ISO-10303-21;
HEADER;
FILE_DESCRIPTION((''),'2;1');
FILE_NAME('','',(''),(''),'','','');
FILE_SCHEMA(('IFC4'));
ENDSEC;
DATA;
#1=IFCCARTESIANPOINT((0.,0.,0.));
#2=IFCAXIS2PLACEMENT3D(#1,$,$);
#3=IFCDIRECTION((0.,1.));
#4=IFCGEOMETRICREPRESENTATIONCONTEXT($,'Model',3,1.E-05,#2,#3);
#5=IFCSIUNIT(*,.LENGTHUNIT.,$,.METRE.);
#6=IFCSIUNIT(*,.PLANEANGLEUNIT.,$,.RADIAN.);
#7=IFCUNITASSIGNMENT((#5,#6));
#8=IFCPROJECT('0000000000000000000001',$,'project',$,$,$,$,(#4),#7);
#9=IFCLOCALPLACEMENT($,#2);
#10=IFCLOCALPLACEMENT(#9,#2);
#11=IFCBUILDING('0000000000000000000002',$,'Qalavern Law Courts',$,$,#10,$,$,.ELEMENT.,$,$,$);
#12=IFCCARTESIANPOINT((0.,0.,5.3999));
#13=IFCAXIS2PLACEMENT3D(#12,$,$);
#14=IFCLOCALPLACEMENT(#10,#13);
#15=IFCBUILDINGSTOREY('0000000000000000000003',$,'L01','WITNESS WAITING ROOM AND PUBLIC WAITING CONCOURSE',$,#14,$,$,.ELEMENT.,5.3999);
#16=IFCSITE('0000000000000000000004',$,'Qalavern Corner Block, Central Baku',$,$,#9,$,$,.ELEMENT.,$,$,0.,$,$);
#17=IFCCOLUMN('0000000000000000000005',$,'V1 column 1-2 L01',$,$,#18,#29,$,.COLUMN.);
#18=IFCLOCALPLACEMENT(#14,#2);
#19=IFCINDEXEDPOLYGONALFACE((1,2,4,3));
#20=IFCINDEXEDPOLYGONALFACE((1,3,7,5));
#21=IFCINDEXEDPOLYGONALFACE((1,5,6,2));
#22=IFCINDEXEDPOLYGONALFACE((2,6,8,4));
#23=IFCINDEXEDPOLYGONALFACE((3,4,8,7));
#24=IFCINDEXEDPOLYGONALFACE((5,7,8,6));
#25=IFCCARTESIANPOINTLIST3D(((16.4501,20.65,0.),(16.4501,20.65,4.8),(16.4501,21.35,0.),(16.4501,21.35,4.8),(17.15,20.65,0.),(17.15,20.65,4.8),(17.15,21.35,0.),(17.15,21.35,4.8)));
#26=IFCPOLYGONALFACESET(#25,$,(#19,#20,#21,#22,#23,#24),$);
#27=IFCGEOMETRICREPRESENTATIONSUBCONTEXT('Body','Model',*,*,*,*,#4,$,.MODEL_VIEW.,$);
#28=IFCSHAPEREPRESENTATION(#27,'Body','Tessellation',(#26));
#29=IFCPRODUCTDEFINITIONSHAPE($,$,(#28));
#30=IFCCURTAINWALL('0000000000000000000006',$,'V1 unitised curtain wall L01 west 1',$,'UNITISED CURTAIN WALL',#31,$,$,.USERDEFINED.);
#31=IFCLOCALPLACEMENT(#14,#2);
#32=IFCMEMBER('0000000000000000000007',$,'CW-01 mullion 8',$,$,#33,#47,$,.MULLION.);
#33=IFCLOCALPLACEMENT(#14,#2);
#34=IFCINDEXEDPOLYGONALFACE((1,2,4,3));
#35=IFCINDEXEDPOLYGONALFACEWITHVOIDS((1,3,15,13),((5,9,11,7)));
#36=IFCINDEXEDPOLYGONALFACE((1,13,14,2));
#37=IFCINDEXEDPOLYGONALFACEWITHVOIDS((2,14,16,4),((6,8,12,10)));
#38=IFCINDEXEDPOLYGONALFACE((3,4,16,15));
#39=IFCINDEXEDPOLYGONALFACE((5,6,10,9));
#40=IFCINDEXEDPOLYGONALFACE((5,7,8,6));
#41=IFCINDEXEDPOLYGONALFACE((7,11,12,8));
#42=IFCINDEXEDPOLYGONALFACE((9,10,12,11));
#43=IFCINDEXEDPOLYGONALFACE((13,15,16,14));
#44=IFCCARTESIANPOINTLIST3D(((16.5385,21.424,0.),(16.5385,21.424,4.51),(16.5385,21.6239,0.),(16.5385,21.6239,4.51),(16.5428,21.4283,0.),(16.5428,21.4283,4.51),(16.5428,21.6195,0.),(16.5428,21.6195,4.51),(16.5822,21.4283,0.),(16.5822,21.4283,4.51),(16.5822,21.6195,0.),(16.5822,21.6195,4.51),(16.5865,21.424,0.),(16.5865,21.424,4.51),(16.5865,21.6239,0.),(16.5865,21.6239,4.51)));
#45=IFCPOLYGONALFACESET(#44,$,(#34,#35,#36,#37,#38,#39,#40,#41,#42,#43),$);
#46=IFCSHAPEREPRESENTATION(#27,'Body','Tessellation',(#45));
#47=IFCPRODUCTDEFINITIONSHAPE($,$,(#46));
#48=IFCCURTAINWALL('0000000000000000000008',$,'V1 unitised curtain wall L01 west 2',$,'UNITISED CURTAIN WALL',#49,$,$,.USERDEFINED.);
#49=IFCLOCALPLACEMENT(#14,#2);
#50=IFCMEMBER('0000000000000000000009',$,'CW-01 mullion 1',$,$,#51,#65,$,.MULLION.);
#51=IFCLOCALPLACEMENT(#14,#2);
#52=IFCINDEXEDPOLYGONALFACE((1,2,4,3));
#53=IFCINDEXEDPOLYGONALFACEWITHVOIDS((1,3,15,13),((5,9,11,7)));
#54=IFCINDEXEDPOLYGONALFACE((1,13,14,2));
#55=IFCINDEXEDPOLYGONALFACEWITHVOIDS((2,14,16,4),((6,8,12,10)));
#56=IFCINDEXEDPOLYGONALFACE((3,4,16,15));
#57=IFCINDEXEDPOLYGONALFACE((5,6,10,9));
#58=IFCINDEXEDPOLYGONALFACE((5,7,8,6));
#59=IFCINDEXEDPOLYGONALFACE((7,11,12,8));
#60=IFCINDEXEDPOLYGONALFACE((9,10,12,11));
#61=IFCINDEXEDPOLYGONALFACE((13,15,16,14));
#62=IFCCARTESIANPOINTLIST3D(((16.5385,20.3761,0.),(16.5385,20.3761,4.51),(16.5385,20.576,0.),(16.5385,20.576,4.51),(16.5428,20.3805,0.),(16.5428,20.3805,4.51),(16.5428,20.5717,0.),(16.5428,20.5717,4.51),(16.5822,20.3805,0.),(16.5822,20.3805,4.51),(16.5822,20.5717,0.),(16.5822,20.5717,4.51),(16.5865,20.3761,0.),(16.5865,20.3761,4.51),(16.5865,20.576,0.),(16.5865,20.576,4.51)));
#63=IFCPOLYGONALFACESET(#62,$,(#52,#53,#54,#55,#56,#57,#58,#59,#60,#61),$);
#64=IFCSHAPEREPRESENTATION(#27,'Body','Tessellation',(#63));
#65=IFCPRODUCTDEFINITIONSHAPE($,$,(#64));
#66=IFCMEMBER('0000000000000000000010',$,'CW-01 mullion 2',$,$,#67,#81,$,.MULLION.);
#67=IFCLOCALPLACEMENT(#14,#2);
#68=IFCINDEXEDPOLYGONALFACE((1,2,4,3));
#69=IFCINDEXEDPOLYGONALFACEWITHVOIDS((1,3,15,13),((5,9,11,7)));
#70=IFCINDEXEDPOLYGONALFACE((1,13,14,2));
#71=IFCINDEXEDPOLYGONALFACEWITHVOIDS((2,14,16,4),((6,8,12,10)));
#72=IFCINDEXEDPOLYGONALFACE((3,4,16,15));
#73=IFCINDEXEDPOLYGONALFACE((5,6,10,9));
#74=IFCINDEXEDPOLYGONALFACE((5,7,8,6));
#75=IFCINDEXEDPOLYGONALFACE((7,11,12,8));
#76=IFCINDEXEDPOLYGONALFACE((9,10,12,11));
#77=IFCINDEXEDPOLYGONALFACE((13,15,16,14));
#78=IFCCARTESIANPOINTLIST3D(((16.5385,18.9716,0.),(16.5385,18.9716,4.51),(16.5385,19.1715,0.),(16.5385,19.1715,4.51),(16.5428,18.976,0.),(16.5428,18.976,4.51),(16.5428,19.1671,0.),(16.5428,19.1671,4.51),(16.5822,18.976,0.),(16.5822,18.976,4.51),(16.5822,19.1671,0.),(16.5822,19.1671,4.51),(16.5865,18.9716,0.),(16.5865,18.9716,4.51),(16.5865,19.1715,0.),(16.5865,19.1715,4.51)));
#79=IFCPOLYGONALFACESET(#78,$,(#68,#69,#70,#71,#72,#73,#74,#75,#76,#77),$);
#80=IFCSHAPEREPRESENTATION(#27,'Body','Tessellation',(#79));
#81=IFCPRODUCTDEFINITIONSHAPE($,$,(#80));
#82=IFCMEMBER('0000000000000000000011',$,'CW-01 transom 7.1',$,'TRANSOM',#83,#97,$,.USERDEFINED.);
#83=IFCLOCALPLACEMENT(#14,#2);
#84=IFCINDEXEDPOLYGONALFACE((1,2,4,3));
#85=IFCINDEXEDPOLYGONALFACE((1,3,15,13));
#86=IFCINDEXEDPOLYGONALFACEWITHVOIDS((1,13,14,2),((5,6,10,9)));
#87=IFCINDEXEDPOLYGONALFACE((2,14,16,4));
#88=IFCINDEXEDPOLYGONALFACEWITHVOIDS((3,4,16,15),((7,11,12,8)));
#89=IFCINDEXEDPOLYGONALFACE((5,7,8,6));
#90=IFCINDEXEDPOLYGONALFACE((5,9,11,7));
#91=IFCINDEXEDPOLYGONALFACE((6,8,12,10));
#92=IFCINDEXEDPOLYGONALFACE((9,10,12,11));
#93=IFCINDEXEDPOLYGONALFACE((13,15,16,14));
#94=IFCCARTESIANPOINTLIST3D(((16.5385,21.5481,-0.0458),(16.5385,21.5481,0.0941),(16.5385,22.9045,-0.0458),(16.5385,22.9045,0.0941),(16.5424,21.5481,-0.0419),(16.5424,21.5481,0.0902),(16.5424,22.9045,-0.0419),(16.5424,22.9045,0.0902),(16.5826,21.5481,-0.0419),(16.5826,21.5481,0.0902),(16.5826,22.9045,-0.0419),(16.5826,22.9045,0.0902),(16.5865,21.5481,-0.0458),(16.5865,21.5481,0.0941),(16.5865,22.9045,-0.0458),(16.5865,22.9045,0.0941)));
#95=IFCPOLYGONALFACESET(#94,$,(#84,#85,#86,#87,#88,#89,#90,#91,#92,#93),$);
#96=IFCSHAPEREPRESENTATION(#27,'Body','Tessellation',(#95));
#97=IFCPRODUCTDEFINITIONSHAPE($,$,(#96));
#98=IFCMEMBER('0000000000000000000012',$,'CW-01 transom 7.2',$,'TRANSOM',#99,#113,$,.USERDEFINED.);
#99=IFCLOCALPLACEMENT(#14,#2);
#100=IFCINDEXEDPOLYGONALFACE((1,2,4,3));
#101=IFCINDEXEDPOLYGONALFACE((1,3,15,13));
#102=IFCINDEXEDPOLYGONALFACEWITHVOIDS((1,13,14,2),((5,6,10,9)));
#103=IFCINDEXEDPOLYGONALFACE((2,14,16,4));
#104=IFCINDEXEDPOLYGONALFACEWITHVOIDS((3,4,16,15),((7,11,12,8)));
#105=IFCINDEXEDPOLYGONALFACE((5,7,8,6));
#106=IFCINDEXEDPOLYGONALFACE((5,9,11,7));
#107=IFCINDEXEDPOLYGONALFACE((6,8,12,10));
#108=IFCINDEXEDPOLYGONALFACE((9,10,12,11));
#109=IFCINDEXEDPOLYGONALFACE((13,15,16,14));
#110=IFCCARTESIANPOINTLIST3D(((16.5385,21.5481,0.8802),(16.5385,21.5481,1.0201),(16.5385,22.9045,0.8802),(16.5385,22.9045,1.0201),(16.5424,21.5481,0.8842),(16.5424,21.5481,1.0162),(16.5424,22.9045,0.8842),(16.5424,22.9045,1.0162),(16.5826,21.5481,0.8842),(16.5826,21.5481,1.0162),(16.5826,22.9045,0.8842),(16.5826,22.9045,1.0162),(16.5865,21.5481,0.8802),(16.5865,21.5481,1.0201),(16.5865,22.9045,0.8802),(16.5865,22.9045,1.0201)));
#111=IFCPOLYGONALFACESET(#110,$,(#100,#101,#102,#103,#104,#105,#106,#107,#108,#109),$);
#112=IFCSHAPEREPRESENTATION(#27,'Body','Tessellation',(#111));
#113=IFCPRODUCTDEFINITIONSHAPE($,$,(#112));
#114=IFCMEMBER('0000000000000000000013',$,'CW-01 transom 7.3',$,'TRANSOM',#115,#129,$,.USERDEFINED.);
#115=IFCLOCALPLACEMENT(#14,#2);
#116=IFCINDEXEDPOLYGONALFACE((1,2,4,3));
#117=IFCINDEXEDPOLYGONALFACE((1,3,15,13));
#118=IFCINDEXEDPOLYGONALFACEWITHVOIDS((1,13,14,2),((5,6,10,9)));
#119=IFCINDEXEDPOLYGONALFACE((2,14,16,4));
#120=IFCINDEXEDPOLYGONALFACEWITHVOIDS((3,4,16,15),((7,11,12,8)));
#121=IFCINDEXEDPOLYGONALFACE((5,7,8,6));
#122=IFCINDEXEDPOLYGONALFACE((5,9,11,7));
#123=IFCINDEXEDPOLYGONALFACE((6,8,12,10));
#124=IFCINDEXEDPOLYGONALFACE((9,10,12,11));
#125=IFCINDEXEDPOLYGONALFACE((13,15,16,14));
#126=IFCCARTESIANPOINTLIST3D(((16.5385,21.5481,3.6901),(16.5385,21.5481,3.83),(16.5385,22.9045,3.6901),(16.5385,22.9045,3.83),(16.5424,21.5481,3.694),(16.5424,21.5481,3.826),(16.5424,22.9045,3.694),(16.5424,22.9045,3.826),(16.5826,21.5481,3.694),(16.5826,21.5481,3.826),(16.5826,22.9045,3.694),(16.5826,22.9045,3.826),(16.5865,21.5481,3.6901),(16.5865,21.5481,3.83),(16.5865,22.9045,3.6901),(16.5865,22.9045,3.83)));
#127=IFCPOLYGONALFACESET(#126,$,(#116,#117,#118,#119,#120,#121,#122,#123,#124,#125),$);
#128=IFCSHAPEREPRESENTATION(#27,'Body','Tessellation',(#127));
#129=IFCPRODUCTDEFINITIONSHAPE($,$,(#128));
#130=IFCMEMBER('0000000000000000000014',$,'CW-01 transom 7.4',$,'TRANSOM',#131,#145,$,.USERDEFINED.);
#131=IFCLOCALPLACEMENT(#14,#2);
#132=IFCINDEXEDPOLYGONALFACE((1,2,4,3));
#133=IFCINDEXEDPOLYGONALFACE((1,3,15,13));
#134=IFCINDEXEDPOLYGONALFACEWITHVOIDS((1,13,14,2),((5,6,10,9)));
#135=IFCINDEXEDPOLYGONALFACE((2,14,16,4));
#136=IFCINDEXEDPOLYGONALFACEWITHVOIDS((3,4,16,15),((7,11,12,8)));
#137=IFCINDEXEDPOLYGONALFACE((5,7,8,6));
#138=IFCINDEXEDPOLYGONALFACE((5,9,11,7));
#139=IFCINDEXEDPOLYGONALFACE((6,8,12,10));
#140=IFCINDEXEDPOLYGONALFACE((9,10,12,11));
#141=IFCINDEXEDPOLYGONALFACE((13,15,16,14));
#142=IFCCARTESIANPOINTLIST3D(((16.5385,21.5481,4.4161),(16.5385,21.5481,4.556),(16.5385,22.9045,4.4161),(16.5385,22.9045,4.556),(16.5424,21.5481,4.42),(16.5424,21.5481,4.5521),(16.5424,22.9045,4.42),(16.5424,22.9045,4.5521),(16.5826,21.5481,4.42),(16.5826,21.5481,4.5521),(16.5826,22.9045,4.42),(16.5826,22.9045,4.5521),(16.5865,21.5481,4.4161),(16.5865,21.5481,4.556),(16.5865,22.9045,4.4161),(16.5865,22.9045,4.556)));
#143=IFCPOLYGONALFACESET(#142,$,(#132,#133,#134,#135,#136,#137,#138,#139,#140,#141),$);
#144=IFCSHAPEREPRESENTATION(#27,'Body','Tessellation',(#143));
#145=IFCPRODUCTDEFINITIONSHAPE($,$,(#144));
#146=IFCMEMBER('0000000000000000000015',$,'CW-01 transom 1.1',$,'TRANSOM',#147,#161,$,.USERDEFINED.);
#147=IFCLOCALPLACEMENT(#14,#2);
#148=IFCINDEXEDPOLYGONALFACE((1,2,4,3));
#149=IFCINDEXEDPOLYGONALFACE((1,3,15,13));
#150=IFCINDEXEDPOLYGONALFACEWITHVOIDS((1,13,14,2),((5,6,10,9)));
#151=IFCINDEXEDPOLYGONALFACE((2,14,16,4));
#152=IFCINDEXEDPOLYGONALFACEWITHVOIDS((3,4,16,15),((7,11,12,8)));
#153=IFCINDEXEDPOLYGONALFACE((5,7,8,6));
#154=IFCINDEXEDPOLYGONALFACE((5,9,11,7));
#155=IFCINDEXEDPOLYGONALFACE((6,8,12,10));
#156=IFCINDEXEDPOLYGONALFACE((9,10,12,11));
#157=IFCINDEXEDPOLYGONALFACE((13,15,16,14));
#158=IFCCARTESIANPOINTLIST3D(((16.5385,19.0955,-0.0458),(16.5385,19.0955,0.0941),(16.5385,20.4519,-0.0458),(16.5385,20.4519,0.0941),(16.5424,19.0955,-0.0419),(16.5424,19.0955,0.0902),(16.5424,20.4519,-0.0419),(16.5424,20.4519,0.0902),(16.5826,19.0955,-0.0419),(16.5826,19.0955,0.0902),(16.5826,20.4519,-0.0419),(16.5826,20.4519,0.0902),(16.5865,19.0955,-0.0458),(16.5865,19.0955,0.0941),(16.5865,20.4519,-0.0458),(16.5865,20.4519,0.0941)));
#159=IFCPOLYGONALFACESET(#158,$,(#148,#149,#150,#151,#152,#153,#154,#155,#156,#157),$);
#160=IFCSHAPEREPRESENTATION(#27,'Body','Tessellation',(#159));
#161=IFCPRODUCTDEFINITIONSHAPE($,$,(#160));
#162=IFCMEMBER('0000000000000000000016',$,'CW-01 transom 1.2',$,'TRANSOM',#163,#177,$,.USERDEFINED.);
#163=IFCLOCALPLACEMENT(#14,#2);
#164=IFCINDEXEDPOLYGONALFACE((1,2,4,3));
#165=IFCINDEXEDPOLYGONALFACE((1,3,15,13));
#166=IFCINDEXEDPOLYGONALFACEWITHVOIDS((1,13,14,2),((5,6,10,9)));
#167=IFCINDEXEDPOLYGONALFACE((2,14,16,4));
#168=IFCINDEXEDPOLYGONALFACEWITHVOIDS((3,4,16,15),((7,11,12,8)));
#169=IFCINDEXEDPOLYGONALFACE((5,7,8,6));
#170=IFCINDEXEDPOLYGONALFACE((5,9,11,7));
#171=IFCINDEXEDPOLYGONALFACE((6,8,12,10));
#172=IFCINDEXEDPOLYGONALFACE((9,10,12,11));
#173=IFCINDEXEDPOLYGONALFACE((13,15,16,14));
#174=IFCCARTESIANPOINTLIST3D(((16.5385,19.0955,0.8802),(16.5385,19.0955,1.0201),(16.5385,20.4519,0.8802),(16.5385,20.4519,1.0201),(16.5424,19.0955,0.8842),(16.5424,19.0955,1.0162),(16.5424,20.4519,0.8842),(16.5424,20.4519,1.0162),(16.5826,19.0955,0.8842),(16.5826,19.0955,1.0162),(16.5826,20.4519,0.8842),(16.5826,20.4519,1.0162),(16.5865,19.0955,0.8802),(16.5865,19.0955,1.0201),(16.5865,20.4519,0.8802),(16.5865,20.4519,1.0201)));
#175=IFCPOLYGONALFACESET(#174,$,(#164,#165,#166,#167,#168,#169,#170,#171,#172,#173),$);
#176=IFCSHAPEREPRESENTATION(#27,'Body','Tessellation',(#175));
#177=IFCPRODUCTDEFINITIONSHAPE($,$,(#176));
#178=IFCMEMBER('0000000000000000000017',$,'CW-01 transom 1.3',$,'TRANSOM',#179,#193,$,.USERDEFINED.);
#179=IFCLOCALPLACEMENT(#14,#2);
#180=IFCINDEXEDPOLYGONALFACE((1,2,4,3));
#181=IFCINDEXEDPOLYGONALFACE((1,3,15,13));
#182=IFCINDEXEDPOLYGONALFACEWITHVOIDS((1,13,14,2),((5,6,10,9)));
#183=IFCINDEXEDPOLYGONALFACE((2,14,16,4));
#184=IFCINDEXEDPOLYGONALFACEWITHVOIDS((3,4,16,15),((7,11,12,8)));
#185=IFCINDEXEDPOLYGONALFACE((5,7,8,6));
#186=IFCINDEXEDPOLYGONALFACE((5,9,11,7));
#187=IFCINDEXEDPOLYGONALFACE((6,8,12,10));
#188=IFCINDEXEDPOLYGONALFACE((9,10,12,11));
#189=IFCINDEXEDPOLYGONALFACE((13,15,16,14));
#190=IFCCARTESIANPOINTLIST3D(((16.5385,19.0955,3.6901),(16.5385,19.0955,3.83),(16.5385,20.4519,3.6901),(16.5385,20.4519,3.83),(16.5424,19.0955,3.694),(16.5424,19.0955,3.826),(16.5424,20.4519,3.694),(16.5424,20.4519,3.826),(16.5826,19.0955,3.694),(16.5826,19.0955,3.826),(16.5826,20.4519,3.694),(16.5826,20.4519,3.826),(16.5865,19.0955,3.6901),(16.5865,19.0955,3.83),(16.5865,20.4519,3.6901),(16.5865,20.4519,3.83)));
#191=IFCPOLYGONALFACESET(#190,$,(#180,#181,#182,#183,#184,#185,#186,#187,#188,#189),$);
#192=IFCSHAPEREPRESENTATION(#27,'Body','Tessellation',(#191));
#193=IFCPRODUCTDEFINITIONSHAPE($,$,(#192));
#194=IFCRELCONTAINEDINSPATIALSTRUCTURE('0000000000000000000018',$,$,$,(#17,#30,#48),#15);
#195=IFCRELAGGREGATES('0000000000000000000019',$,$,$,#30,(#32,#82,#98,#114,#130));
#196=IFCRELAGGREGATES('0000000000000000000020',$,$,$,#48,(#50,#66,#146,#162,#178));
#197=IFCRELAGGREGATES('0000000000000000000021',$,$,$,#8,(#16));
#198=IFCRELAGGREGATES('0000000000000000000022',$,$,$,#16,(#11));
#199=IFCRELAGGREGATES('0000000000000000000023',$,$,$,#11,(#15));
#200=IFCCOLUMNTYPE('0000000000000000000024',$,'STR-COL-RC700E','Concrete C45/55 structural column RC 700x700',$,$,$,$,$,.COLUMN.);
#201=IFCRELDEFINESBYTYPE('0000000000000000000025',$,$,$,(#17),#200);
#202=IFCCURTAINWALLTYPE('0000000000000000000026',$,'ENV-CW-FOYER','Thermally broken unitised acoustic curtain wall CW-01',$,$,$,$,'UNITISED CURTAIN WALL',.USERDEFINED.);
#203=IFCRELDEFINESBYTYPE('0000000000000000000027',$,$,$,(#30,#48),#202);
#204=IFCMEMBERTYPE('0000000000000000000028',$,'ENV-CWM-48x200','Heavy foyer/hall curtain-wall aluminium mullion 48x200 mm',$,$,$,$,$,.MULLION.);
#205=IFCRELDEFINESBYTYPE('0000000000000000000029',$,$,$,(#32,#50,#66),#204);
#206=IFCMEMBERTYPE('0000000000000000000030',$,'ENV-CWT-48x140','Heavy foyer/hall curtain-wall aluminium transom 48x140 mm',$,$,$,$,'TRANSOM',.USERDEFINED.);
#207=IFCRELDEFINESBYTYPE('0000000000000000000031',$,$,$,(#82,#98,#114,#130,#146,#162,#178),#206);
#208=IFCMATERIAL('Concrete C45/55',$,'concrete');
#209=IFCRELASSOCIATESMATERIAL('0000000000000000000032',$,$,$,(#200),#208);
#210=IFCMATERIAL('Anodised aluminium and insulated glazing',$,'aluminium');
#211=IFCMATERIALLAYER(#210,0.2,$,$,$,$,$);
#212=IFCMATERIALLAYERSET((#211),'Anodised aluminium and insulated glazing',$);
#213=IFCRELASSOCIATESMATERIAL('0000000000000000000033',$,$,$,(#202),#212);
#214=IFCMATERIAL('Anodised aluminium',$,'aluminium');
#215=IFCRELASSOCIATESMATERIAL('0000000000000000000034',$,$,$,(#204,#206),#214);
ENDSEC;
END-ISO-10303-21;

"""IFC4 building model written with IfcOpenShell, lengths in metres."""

from ifc_helpers import new_model, si_unit, direction, frame, origin, origin_2d, place, context, subcontext, project, spatial, rectangle, hollow_rectangle, extrude, material, layer, layer_set, material_profile, profile_set, type_object, element, aggregate, save


model = new_model("IFC4")

# Units and contexts
model_context = context("Model", 3, precision=1e-05, world=origin(), true_north=direction((0.0, 1.0)))
body_context = subcontext(model_context, "Body", "Model", "MODEL_VIEW")
ifc_project = project(units=[si_unit("LENGTHUNIT", "METRE"), si_unit("PLANEANGLEUNIT", "RADIAN")], contexts=[model_context])

# Site, building, storey
site_placement = place(None, origin())
site = spatial("IfcSite", under=ifc_project, at=site_placement, Name="Qalavern Corner Block, Central Baku", CompositionType="ELEMENT", RefElevation=0.0)
building_placement = place(site_placement, origin())
building = spatial("IfcBuilding", under=site, at=building_placement, Name="Qalavern Law Courts", CompositionType="ELEMENT")
storey_placement = place(building_placement, frame((0.0, 0.0, 5.3999)))
storey = spatial("IfcBuildingStorey", under=building, at=storey_placement, Name="L01", Description="WITNESS WAITING ROOM AND PUBLIC WAITING CONCOURSE", CompositionType="ELEMENT", Elevation=5.3999)

# Column
ifc_material_1 = material(Name="Concrete C45/55", Category="concrete")
ifc_material_profile_1 = material_profile(ifc_material_1, rectangle(XDim=0.7, YDim=0.7, at=origin_2d()), Name="RC 700x700")
ifc_profile_set_1 = profile_set([ifc_material_profile_1], Name="Concrete C45/55")
column_type = type_object("IfcColumnType", Name="STR-COL-RC700E", Description="Concrete C45/55 structural column RC 700x700", PredefinedType="COLUMN", material=ifc_profile_set_1)
column_placement = place(storey_placement, frame((16.8, 21.0, 0.0), z_axis=(0.0, 0.0, 1.0), x_axis=(1.0, 0.0, 0.0)))
element("IfcColumn", 1, at=column_placement, inside=storey, type_object=column_type, Name="V1 column 1-2 L01", PredefinedType="COLUMN", context=body_context, shape_type="SweptSolid", body=[
    extrude(rectangle(XDim=0.7, YDim=0.7, at=origin_2d()), origin(), (0.0, 0.0, 1.0), 4.8),
])

# Curtain wall, member
ifc_material_2 = material(Name="Anodised aluminium and insulated glazing", Category="aluminium")
ifc_layer_1 = layer(ifc_material_2, 0.2)
ifc_layer_set_1 = layer_set([ifc_layer_1], Name="Anodised aluminium and insulated glazing")
curtain_wall_type = type_object("IfcCurtainWallType", Name="ENV-CW-FOYER", Description="Thermally broken unitised acoustic curtain wall CW-01", ElementType="UNITISED CURTAIN WALL", PredefinedType="USERDEFINED", material=ifc_layer_set_1)
curtain_wall_1_placement = place(storey_placement, origin())
curtain_wall_1 = element("IfcCurtainWall", 2, at=curtain_wall_1_placement, inside=storey, type_object=curtain_wall_type, Name="V1 unitised curtain wall L01 west 1", ObjectType="UNITISED CURTAIN WALL", PredefinedType="USERDEFINED")
ifc_material_3 = material(Name="Anodised aluminium", Category="aluminium")
ifc_material_profile_2 = material_profile(ifc_material_3, hollow_rectangle(XDim=0.0481, YDim=0.2, WallThickness=0.0044, at=origin_2d()), Name="ALU MULLION 48x200")
ifc_profile_set_2 = profile_set([ifc_material_profile_2], Name="Anodised aluminium")
member_type_1 = type_object("IfcMemberType", Name="ENV-CWM-48x200", Description="Heavy foyer/hall curtain-wall aluminium mullion 48x200 mm", PredefinedType="MULLION", material=ifc_profile_set_2)
member_1_placement = place(storey_placement, frame((16.5625, 21.5239, 0.0), z_axis=(0.0, 0.0, 1.0), x_axis=(1.0, 0.0, 0.0)))
member_1 = element("IfcMember", 3, at=member_1_placement, type_object=member_type_1, Name="CW-01 mullion 8", PredefinedType="MULLION", context=body_context, shape_type="SweptSolid", body=[
    extrude(hollow_rectangle(XDim=0.0481, YDim=0.2, WallThickness=0.0044, at=origin_2d()), origin(), (0.0, 0.0, 1.0), 4.51),
])

# Curtain wall, members
curtain_wall_2_placement = place(storey_placement, origin())
curtain_wall_2 = element("IfcCurtainWall", 4, at=curtain_wall_2_placement, inside=storey, type_object=curtain_wall_type, Name="V1 unitised curtain wall L01 west 2", ObjectType="UNITISED CURTAIN WALL", PredefinedType="USERDEFINED")
member_2_placement = place(storey_placement, frame((16.5625, 20.4761, 0.0), z_axis=(0.0, 0.0, 1.0), x_axis=(1.0, 0.0, 0.0)))
member_2 = element("IfcMember", 5, at=member_2_placement, type_object=member_type_1, Name="CW-01 mullion 1", PredefinedType="MULLION", context=body_context, shape_type="SweptSolid", body=[
    extrude(hollow_rectangle(XDim=0.0481, YDim=0.2, WallThickness=0.0044, at=origin_2d()), origin(), (0.0, 0.0, 1.0), 4.51),
])
member_3_placement = place(storey_placement, frame((16.5625, 19.0715, 0.0), z_axis=(0.0, 0.0, 1.0), x_axis=(1.0, 0.0, 0.0)))
member_3 = element("IfcMember", 6, at=member_3_placement, type_object=member_type_1, Name="CW-01 mullion 2", PredefinedType="MULLION", context=body_context, shape_type="SweptSolid", body=[
    extrude(hollow_rectangle(XDim=0.0481, YDim=0.2, WallThickness=0.0044, at=origin_2d()), origin(), (0.0, 0.0, 1.0), 4.51),
])

# Members
ifc_material_profile_3 = material_profile(ifc_material_3, hollow_rectangle(XDim=0.0481, YDim=0.1399, WallThickness=0.0039, at=origin_2d()), Name="ALU TRANSOM 48x140")
ifc_profile_set_3 = profile_set([ifc_material_profile_3], Name="Anodised aluminium")
member_type_2 = type_object("IfcMemberType", Name="ENV-CWT-48x140", Description="Heavy foyer/hall curtain-wall aluminium transom 48x140 mm", ElementType="TRANSOM", PredefinedType="USERDEFINED", material=ifc_profile_set_3)
member_4_placement = place(storey_placement, frame((16.5625, 22.9045, 0.0242), z_axis=(0.0, -1.0, 0.0), x_axis=(1.0, 0.0, 0.0)))
member_4 = element("IfcMember", 7, at=member_4_placement, type_object=member_type_2, Name="CW-01 transom 7.1", ObjectType="TRANSOM", PredefinedType="USERDEFINED", context=body_context, shape_type="SweptSolid", body=[
    extrude(hollow_rectangle(XDim=0.0481, YDim=0.1399, WallThickness=0.0039, at=origin_2d()), origin(), (0.0, 0.0, 1.0), 1.3564),
])
member_5_placement = place(storey_placement, frame((16.5625, 22.9045, 0.9502), z_axis=(0.0, -1.0, 0.0), x_axis=(1.0, 0.0, 0.0)))
member_5 = element("IfcMember", 8, at=member_5_placement, type_object=member_type_2, Name="CW-01 transom 7.2", ObjectType="TRANSOM", PredefinedType="USERDEFINED", context=body_context, shape_type="SweptSolid", body=[
    extrude(hollow_rectangle(XDim=0.0481, YDim=0.1399, WallThickness=0.0039, at=origin_2d()), origin(), (0.0, 0.0, 1.0), 1.3564),
])
member_6_placement = place(storey_placement, frame((16.5625, 22.9045, 3.76), z_axis=(0.0, -1.0, 0.0), x_axis=(1.0, 0.0, 0.0)))
member_6 = element("IfcMember", 9, at=member_6_placement, type_object=member_type_2, Name="CW-01 transom 7.3", ObjectType="TRANSOM", PredefinedType="USERDEFINED", context=body_context, shape_type="SweptSolid", body=[
    extrude(hollow_rectangle(XDim=0.0481, YDim=0.1399, WallThickness=0.0039, at=origin_2d()), origin(), (0.0, 0.0, 1.0), 1.3564),
])
member_7_placement = place(storey_placement, frame((16.5625, 22.9045, 4.4861), z_axis=(0.0, -1.0, 0.0), x_axis=(1.0, 0.0, 0.0)))
member_7 = element("IfcMember", 10, at=member_7_placement, type_object=member_type_2, Name="CW-01 transom 7.4", ObjectType="TRANSOM", PredefinedType="USERDEFINED", context=body_context, shape_type="SweptSolid", body=[
    extrude(hollow_rectangle(XDim=0.0481, YDim=0.1399, WallThickness=0.0039, at=origin_2d()), origin(), (0.0, 0.0, 1.0), 1.3564),
])
member_8_placement = place(storey_placement, frame((16.5625, 20.4519, 0.0242), z_axis=(0.0, -1.0, 0.0), x_axis=(1.0, 0.0, 0.0)))
member_8 = element("IfcMember", 11, at=member_8_placement, type_object=member_type_2, Name="CW-01 transom 1.1", ObjectType="TRANSOM", PredefinedType="USERDEFINED", context=body_context, shape_type="SweptSolid", body=[
    extrude(hollow_rectangle(XDim=0.0481, YDim=0.1399, WallThickness=0.0039, at=origin_2d()), origin(), (0.0, 0.0, 1.0), 1.3564),
])
member_9_placement = place(storey_placement, frame((16.5625, 20.4519, 0.9502), z_axis=(0.0, -1.0, 0.0), x_axis=(1.0, 0.0, 0.0)))
member_9 = element("IfcMember", 12, at=member_9_placement, type_object=member_type_2, Name="CW-01 transom 1.2", ObjectType="TRANSOM", PredefinedType="USERDEFINED", context=body_context, shape_type="SweptSolid", body=[
    extrude(hollow_rectangle(XDim=0.0481, YDim=0.1399, WallThickness=0.0039, at=origin_2d()), origin(), (0.0, 0.0, 1.0), 1.3564),
])
member_10_placement = place(storey_placement, frame((16.5625, 20.4519, 3.76), z_axis=(0.0, -1.0, 0.0), x_axis=(1.0, 0.0, 0.0)))
member_10 = element("IfcMember", 13, at=member_10_placement, type_object=member_type_2, Name="CW-01 transom 1.3", ObjectType="TRANSOM", PredefinedType="USERDEFINED", context=body_context, shape_type="SweptSolid", body=[
    extrude(hollow_rectangle(XDim=0.0481, YDim=0.1399, WallThickness=0.0039, at=origin_2d()), origin(), (0.0, 0.0, 1.0), 1.3564),
])

aggregate(curtain_wall_1, [member_1, member_4, member_5, member_6, member_7])
aggregate(curtain_wall_2, [member_2, member_3, member_8, member_9, member_10])

save(model, "model.ifc")
